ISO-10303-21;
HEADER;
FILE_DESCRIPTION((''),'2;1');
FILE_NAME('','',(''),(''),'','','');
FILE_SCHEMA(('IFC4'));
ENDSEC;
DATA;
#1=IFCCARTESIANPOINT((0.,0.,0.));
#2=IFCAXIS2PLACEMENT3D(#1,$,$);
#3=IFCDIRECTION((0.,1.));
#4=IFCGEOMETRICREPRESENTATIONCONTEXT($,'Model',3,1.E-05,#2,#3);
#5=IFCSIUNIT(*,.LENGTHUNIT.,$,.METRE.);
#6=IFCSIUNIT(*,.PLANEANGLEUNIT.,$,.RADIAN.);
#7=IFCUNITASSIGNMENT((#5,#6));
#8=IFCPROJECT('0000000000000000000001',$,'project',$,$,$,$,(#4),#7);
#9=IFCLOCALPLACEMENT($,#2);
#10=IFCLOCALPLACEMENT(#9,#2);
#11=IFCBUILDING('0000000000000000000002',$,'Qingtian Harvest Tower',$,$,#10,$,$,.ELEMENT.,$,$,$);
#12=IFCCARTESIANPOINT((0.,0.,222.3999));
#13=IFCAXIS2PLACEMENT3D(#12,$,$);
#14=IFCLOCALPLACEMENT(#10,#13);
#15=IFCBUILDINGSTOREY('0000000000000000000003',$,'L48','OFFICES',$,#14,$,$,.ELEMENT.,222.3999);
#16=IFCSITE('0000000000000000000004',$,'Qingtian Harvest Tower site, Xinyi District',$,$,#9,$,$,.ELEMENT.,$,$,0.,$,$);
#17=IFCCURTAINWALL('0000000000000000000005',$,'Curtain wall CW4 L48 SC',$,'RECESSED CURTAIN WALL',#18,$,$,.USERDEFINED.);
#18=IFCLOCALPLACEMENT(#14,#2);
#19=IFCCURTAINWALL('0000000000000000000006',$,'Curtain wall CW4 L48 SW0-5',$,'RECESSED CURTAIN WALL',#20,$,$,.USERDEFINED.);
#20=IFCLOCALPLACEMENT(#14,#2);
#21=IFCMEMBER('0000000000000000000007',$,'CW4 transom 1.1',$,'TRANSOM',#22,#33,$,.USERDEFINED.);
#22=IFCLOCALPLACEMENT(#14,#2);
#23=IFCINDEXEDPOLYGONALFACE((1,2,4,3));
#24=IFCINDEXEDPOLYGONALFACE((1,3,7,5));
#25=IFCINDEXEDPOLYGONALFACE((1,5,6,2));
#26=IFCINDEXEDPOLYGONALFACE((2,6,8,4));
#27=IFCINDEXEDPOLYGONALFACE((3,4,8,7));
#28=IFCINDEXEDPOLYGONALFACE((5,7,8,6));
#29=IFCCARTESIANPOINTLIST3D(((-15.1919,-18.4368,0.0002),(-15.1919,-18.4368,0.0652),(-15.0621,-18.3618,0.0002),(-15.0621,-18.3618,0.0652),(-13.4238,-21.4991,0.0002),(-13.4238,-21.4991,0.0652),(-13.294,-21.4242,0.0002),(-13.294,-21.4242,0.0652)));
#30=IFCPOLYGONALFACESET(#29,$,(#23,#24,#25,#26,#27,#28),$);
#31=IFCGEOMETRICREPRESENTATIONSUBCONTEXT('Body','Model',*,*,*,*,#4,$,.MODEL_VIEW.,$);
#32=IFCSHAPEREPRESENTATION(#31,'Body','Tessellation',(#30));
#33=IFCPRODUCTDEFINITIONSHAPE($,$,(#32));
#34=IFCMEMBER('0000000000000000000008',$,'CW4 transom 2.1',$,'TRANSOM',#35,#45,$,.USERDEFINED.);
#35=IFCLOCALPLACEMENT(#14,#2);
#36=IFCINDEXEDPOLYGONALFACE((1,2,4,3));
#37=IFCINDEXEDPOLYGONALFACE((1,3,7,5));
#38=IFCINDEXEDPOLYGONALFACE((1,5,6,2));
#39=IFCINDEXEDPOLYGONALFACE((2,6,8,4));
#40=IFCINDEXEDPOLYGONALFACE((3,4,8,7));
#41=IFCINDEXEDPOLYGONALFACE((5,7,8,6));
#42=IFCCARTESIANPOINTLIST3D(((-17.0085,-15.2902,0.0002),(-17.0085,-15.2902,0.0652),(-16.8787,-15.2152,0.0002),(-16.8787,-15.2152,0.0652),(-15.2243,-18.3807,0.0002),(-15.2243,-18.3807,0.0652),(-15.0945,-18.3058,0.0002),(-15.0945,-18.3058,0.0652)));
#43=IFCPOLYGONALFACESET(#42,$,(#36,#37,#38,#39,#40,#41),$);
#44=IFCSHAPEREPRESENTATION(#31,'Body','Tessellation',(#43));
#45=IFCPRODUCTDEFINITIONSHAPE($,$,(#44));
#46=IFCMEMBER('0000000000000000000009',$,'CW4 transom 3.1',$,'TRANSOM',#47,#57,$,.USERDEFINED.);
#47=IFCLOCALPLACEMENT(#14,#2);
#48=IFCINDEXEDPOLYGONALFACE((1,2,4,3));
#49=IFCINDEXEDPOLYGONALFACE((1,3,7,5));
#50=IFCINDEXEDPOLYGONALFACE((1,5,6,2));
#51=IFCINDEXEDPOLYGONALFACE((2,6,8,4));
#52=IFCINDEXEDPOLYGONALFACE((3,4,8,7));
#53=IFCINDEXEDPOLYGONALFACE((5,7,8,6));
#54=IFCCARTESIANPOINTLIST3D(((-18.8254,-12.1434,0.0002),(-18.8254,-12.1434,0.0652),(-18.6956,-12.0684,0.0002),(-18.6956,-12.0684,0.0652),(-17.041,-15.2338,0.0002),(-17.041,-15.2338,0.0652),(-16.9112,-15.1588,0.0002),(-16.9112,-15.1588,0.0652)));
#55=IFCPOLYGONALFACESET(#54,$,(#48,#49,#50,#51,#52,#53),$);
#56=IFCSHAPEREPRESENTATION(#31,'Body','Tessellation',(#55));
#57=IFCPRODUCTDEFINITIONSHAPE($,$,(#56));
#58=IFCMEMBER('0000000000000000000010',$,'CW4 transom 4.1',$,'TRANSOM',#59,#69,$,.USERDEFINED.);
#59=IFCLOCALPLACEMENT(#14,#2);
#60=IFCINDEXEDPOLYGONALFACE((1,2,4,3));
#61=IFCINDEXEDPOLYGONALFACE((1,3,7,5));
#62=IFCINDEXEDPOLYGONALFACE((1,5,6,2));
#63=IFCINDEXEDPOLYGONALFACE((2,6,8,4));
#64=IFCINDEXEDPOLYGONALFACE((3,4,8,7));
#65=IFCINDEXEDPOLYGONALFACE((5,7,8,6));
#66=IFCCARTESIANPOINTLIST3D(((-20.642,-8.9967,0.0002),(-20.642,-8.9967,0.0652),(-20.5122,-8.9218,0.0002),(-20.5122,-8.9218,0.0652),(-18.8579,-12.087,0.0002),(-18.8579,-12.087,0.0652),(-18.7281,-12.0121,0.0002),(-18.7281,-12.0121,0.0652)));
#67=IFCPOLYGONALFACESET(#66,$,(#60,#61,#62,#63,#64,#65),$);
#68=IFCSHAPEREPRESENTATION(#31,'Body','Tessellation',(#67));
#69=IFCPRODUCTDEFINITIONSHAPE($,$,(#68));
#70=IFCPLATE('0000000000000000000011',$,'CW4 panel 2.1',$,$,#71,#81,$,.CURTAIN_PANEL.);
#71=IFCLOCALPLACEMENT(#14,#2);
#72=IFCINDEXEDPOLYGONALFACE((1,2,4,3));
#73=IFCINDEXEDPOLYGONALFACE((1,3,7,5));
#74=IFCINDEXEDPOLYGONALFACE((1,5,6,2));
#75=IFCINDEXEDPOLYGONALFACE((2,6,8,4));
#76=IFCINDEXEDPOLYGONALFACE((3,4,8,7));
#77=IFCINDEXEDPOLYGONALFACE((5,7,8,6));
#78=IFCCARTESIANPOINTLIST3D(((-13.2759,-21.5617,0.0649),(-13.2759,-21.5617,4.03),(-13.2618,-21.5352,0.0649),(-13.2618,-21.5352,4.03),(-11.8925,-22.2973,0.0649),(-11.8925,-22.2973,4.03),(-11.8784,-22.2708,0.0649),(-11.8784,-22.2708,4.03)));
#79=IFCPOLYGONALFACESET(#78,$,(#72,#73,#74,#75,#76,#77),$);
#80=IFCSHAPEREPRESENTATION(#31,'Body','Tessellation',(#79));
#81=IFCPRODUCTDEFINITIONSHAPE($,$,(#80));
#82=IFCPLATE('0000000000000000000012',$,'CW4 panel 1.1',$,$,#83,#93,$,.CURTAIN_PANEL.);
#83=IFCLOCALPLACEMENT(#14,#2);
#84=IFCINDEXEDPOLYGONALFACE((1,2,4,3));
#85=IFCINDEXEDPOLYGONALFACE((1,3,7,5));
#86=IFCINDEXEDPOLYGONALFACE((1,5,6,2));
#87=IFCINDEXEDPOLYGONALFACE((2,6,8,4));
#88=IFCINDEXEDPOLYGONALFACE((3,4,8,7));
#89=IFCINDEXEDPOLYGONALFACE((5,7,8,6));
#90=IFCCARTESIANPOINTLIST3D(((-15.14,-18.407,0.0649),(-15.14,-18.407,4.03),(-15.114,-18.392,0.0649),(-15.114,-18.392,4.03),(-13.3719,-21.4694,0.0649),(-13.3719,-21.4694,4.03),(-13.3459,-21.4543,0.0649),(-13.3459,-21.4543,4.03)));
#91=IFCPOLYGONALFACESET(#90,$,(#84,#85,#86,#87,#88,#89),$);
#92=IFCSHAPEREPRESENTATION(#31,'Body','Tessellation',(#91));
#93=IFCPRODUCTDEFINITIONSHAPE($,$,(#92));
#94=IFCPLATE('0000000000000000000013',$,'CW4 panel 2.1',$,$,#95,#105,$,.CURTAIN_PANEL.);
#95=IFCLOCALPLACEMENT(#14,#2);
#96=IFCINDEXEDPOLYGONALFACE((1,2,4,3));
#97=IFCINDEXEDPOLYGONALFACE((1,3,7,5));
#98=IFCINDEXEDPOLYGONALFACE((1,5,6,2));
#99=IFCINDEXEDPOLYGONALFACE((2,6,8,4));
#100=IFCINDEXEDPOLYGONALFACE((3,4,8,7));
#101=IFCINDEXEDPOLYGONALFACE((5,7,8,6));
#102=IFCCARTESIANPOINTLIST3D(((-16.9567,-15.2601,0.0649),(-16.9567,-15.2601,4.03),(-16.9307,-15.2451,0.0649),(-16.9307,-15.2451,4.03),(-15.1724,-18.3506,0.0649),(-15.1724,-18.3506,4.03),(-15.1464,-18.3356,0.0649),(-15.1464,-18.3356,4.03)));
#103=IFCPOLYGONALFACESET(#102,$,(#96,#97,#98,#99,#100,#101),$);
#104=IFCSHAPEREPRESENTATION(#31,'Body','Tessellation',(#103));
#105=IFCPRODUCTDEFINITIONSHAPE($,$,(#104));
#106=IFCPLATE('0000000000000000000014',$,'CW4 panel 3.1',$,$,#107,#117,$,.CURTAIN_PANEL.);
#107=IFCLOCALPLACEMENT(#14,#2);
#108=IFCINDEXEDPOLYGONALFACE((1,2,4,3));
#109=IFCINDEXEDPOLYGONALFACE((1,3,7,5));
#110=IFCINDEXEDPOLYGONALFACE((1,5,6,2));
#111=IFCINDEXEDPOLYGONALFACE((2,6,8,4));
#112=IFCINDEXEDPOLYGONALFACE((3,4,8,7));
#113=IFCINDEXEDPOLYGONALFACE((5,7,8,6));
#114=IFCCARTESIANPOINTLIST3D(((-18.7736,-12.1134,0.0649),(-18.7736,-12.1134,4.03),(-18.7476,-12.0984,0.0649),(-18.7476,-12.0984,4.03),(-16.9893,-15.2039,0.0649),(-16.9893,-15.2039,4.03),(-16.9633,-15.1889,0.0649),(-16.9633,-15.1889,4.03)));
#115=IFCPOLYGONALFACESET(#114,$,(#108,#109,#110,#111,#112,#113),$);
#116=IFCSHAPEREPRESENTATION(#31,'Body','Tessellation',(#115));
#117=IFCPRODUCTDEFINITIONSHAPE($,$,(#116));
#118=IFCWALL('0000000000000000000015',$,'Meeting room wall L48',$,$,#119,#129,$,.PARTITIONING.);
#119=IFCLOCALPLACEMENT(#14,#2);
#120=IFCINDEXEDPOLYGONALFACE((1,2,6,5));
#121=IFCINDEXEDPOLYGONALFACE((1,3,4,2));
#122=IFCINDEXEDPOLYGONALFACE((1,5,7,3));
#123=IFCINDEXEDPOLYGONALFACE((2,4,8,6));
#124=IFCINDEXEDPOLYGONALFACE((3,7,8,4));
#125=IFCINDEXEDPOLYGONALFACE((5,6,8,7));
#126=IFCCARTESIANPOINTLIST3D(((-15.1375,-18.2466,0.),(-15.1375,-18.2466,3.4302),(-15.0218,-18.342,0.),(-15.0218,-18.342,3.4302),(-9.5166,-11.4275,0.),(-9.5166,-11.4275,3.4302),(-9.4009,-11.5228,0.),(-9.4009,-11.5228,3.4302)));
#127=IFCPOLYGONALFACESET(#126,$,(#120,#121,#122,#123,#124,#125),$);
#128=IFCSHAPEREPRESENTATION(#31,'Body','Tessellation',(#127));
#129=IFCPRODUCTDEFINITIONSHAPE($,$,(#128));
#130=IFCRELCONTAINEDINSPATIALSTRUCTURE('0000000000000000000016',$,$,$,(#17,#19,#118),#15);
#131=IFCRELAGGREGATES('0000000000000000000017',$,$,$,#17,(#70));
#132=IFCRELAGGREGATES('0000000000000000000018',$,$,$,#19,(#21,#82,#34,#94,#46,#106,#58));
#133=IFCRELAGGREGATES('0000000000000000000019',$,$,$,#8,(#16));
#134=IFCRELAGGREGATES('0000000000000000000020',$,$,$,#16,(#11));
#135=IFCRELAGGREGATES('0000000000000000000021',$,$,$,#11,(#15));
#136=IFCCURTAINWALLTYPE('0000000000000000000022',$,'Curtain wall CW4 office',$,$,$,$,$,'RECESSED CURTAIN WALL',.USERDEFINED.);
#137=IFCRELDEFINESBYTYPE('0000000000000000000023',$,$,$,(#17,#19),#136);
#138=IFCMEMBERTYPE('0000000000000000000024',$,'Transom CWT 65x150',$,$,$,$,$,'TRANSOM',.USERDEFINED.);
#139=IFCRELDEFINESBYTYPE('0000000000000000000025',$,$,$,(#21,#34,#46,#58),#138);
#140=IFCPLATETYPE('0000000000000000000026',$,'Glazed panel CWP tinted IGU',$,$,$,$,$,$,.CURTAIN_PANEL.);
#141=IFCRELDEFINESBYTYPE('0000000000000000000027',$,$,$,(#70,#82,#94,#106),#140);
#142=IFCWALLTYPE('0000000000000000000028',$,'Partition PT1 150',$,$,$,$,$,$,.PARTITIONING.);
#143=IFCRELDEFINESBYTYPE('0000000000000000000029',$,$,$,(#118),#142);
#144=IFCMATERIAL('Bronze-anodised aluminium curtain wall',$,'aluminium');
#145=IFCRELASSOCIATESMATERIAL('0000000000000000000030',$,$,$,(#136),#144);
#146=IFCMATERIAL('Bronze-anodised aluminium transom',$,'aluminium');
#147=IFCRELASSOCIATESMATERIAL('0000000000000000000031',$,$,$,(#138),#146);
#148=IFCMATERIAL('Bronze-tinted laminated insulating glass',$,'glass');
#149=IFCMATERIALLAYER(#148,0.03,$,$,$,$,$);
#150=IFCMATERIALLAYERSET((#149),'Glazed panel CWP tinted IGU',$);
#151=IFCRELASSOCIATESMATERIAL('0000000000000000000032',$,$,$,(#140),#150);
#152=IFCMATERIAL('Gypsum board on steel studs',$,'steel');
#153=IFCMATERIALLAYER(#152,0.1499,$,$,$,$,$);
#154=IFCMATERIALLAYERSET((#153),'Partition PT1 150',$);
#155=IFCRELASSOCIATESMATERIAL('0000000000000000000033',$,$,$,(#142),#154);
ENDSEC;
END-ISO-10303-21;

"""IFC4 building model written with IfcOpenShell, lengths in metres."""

from ifc_helpers import new_model, si_unit, direction, frame, frame_2d, origin, origin_2d, place, context, subcontext, project, spatial, rectangle, extrude, material, layer, layer_set, material_profile, profile_set, type_object, element, aggregate, save


model = new_model("IFC4")

# Units and contexts
model_context = context("Model", 3, precision=1e-05, world=origin(), true_north=direction((0.0, 1.0)))
body_context = subcontext(model_context, "Body", "Model", "MODEL_VIEW")
ifc_project = project(units=[si_unit("LENGTHUNIT", "METRE"), si_unit("PLANEANGLEUNIT", "RADIAN")], contexts=[model_context])

# Site, building, storey
site_placement = place(None, origin())
site = spatial("IfcSite", under=ifc_project, at=site_placement, Name="Qingtian Harvest Tower site, Xinyi District", CompositionType="ELEMENT", RefElevation=0.0)
building_placement = place(site_placement, origin())
building = spatial("IfcBuilding", under=site, at=building_placement, Name="Qingtian Harvest Tower", CompositionType="ELEMENT")
storey_placement = place(building_placement, frame((0.0, 0.0, 222.3999)))
storey = spatial("IfcBuildingStorey", under=building, at=storey_placement, Name="L48", Description="OFFICES", CompositionType="ELEMENT", Elevation=222.3999)

# Curtain wall
ifc_material_1 = material(Name="Bronze-anodised aluminium curtain wall", Category="aluminium")
curtain_wall_type = type_object("IfcCurtainWallType", Name="Curtain wall CW4 office", ElementType="RECESSED CURTAIN WALL", PredefinedType="USERDEFINED", material=ifc_material_1)
curtain_wall_1_placement = place(storey_placement, origin())
curtain_wall_1 = element("IfcCurtainWall", 1, at=curtain_wall_1_placement, inside=storey, type_object=curtain_wall_type, Name="Curtain wall CW4 L48 SC", ObjectType="RECESSED CURTAIN WALL", PredefinedType="USERDEFINED")

# Curtain wall
curtain_wall_2_placement = place(storey_placement, origin())
curtain_wall_2 = element("IfcCurtainWall", 2, at=curtain_wall_2_placement, inside=storey, type_object=curtain_wall_type, Name="Curtain wall CW4 L48 SW0-5", ObjectType="RECESSED CURTAIN WALL", PredefinedType="USERDEFINED")

# Members
ifc_material_2 = material(Name="Bronze-anodised aluminium transom", Category="aluminium")
ifc_material_profile_1 = material_profile(ifc_material_2, rectangle(XDim=0.1499, YDim=0.0649, at=origin_2d()), Name="AL 65x150")
ifc_profile_set_1 = profile_set([ifc_material_profile_1], Name="Bronze-anodised aluminium transom")
member_type_1 = type_object("IfcMemberType", Name="Transom CWT 65x150", ElementType="TRANSOM", PredefinedType="USERDEFINED", material=ifc_profile_set_1)
member_1_placement = place(storey_placement, frame((-13.3589, -21.4617, 0.0327), z_axis=(-0.500015, 0.866017, 0.0), x_axis=(-0.866017, -0.500015, 0.0)))
member_1 = element("IfcMember", 3, at=member_1_placement, type_object=member_type_1, Name="CW4 transom 1.1", ObjectType="TRANSOM", PredefinedType="USERDEFINED", context=body_context, shape_type="SweptSolid", body=[
    extrude(rectangle(XDim=0.1499, YDim=0.0649, at=origin_2d()), origin(), (0.0, 0.0, 1.0), 3.5361),
])
member_2_placement = place(storey_placement, frame((-15.1594, -18.3433, 0.0327), z_axis=(-0.499965, 0.866045, 0.0), x_axis=(-0.866045, -0.499965, 0.0)))
member_2 = element("IfcMember", 4, at=member_2_placement, type_object=member_type_1, Name="CW4 transom 2.1", ObjectType="TRANSOM", PredefinedType="USERDEFINED", context=body_context, shape_type="SweptSolid", body=[
    extrude(rectangle(XDim=0.1499, YDim=0.0649, at=origin_2d()), origin(), (0.0, 0.0, 1.0), 3.5686),
])
member_3_placement = place(storey_placement, frame((-16.9761, -15.1963, 0.0327), z_axis=(-0.500046, 0.865999, 0.0), x_axis=(-0.865999, -0.500046, 0.0)))
member_3 = element("IfcMember", 5, at=member_3_placement, type_object=member_type_1, Name="CW4 transom 3.1", ObjectType="TRANSOM", PredefinedType="USERDEFINED", context=body_context, shape_type="SweptSolid", body=[
    extrude(rectangle(XDim=0.1499, YDim=0.0649, at=origin_2d()), origin(), (0.0, 0.0, 1.0), 3.5686),
])
member_4_placement = place(storey_placement, frame((-18.793, -12.0496, 0.0327), z_axis=(-0.499995, 0.866028, 0.0), x_axis=(-0.866028, -0.499995, 0.0)))
member_4 = element("IfcMember", 6, at=member_4_placement, type_object=member_type_1, Name="CW4 transom 4.1", ObjectType="TRANSOM", PredefinedType="USERDEFINED", context=body_context, shape_type="SweptSolid", body=[
    extrude(rectangle(XDim=0.1499, YDim=0.0649, at=origin_2d()), origin(), (0.0, 0.0, 1.0), 3.5684),
])

# Plates
ifc_material_3 = material(Name="Bronze-tinted laminated insulating glass", Category="glass")
ifc_layer_1 = layer(ifc_material_3, 0.03)
ifc_layer_set_1 = layer_set([ifc_layer_1], Name="Glazed panel CWP tinted IGU")
plate_type = type_object("IfcPlateType", Name="Glazed panel CWP tinted IGU", PredefinedType="CURTAIN_PANEL", material=ifc_layer_set_1)
plate_1_placement = place(storey_placement, frame((-12.5771, -21.9163, 0.0649), z_axis=(0.0, 0.0, 1.0), x_axis=(-0.882948, 0.469472, 0.0)))
plate_1 = element("IfcPlate", 7, at=plate_1_placement, type_object=plate_type, Name="CW4 panel 2.1", PredefinedType="CURTAIN_PANEL", context=body_context, shape_type="SweptSolid", body=[
    extrude(rectangle(XDim=1.5669, YDim=0.03, at=origin_2d()), origin(), (0.0, 0.0, 1.0), 3.9651),
])
aggregate(curtain_wall_1, [plate_1])
plate_2_placement = place(storey_placement, frame((-14.2429, -19.9307, 0.0649), z_axis=(0.0, 0.0, 1.0), x_axis=(-0.5, 0.866025, 0.0)))
plate_2 = element("IfcPlate", 8, at=plate_2_placement, type_object=plate_type, Name="CW4 panel 1.1", PredefinedType="CURTAIN_PANEL", context=body_context, shape_type="SweptSolid", body=[
    extrude(rectangle(XDim=3.5361, YDim=0.03, at=origin_2d()), origin(), (0.0, 0.0, 1.0), 3.9651),
])
plate_3_placement = place(storey_placement, frame((-16.0515, -16.7979, 0.0649), z_axis=(0.0, 0.0, 1.0), x_axis=(-0.5, 0.866025, 0.0)))
plate_3 = element("IfcPlate", 9, at=plate_3_placement, type_object=plate_type, Name="CW4 panel 2.1", PredefinedType="CURTAIN_PANEL", context=body_context, shape_type="SweptSolid", body=[
    extrude(rectangle(XDim=3.5686, YDim=0.03, at=origin_2d()), origin(), (0.0, 0.0, 1.0), 3.9651),
])
plate_4_placement = place(storey_placement, frame((-17.8684, -13.6511, 0.0649), z_axis=(0.0, 0.0, 1.0), x_axis=(-0.5, 0.866025, 0.0)))
plate_4 = element("IfcPlate", 10, at=plate_4_placement, type_object=plate_type, Name="CW4 panel 3.1", PredefinedType="CURTAIN_PANEL", context=body_context, shape_type="SweptSolid", body=[
    extrude(rectangle(XDim=3.5686, YDim=0.03, at=origin_2d()), origin(), (0.0, 0.0, 1.0), 3.9651),
])
aggregate(curtain_wall_2, [member_1, plate_2, member_2, plate_3, member_3, plate_4, member_4])

# Wall
ifc_material_4 = material(Name="Gypsum board on steel studs", Category="steel")
ifc_layer_2 = layer(ifc_material_4, 0.1499)
ifc_layer_set_2 = layer_set([ifc_layer_2], Name="Partition PT1 150")
wall_type = type_object("IfcWallType", Name="Partition PT1 150", PredefinedType="PARTITIONING", material=ifc_layer_set_2)
wall_placement = place(storey_placement, frame((-15.0796, -18.2942, 0.0), z_axis=(0.0, 0.0, 1.0), x_axis=(0.636053, 0.771645, 0.0)))
element("IfcWall", 11, at=wall_placement, inside=storey, type_object=wall_type, Name="Meeting room wall L48", PredefinedType="PARTITIONING", context=body_context, shape_type="SweptSolid", body=[
    extrude(rectangle(XDim=8.8372, YDim=0.1499, at=frame_2d((4.4185, 0.0))), origin(), (0.0, 0.0, 1.0), 3.4302),
])

save(model, "model.ifc")
